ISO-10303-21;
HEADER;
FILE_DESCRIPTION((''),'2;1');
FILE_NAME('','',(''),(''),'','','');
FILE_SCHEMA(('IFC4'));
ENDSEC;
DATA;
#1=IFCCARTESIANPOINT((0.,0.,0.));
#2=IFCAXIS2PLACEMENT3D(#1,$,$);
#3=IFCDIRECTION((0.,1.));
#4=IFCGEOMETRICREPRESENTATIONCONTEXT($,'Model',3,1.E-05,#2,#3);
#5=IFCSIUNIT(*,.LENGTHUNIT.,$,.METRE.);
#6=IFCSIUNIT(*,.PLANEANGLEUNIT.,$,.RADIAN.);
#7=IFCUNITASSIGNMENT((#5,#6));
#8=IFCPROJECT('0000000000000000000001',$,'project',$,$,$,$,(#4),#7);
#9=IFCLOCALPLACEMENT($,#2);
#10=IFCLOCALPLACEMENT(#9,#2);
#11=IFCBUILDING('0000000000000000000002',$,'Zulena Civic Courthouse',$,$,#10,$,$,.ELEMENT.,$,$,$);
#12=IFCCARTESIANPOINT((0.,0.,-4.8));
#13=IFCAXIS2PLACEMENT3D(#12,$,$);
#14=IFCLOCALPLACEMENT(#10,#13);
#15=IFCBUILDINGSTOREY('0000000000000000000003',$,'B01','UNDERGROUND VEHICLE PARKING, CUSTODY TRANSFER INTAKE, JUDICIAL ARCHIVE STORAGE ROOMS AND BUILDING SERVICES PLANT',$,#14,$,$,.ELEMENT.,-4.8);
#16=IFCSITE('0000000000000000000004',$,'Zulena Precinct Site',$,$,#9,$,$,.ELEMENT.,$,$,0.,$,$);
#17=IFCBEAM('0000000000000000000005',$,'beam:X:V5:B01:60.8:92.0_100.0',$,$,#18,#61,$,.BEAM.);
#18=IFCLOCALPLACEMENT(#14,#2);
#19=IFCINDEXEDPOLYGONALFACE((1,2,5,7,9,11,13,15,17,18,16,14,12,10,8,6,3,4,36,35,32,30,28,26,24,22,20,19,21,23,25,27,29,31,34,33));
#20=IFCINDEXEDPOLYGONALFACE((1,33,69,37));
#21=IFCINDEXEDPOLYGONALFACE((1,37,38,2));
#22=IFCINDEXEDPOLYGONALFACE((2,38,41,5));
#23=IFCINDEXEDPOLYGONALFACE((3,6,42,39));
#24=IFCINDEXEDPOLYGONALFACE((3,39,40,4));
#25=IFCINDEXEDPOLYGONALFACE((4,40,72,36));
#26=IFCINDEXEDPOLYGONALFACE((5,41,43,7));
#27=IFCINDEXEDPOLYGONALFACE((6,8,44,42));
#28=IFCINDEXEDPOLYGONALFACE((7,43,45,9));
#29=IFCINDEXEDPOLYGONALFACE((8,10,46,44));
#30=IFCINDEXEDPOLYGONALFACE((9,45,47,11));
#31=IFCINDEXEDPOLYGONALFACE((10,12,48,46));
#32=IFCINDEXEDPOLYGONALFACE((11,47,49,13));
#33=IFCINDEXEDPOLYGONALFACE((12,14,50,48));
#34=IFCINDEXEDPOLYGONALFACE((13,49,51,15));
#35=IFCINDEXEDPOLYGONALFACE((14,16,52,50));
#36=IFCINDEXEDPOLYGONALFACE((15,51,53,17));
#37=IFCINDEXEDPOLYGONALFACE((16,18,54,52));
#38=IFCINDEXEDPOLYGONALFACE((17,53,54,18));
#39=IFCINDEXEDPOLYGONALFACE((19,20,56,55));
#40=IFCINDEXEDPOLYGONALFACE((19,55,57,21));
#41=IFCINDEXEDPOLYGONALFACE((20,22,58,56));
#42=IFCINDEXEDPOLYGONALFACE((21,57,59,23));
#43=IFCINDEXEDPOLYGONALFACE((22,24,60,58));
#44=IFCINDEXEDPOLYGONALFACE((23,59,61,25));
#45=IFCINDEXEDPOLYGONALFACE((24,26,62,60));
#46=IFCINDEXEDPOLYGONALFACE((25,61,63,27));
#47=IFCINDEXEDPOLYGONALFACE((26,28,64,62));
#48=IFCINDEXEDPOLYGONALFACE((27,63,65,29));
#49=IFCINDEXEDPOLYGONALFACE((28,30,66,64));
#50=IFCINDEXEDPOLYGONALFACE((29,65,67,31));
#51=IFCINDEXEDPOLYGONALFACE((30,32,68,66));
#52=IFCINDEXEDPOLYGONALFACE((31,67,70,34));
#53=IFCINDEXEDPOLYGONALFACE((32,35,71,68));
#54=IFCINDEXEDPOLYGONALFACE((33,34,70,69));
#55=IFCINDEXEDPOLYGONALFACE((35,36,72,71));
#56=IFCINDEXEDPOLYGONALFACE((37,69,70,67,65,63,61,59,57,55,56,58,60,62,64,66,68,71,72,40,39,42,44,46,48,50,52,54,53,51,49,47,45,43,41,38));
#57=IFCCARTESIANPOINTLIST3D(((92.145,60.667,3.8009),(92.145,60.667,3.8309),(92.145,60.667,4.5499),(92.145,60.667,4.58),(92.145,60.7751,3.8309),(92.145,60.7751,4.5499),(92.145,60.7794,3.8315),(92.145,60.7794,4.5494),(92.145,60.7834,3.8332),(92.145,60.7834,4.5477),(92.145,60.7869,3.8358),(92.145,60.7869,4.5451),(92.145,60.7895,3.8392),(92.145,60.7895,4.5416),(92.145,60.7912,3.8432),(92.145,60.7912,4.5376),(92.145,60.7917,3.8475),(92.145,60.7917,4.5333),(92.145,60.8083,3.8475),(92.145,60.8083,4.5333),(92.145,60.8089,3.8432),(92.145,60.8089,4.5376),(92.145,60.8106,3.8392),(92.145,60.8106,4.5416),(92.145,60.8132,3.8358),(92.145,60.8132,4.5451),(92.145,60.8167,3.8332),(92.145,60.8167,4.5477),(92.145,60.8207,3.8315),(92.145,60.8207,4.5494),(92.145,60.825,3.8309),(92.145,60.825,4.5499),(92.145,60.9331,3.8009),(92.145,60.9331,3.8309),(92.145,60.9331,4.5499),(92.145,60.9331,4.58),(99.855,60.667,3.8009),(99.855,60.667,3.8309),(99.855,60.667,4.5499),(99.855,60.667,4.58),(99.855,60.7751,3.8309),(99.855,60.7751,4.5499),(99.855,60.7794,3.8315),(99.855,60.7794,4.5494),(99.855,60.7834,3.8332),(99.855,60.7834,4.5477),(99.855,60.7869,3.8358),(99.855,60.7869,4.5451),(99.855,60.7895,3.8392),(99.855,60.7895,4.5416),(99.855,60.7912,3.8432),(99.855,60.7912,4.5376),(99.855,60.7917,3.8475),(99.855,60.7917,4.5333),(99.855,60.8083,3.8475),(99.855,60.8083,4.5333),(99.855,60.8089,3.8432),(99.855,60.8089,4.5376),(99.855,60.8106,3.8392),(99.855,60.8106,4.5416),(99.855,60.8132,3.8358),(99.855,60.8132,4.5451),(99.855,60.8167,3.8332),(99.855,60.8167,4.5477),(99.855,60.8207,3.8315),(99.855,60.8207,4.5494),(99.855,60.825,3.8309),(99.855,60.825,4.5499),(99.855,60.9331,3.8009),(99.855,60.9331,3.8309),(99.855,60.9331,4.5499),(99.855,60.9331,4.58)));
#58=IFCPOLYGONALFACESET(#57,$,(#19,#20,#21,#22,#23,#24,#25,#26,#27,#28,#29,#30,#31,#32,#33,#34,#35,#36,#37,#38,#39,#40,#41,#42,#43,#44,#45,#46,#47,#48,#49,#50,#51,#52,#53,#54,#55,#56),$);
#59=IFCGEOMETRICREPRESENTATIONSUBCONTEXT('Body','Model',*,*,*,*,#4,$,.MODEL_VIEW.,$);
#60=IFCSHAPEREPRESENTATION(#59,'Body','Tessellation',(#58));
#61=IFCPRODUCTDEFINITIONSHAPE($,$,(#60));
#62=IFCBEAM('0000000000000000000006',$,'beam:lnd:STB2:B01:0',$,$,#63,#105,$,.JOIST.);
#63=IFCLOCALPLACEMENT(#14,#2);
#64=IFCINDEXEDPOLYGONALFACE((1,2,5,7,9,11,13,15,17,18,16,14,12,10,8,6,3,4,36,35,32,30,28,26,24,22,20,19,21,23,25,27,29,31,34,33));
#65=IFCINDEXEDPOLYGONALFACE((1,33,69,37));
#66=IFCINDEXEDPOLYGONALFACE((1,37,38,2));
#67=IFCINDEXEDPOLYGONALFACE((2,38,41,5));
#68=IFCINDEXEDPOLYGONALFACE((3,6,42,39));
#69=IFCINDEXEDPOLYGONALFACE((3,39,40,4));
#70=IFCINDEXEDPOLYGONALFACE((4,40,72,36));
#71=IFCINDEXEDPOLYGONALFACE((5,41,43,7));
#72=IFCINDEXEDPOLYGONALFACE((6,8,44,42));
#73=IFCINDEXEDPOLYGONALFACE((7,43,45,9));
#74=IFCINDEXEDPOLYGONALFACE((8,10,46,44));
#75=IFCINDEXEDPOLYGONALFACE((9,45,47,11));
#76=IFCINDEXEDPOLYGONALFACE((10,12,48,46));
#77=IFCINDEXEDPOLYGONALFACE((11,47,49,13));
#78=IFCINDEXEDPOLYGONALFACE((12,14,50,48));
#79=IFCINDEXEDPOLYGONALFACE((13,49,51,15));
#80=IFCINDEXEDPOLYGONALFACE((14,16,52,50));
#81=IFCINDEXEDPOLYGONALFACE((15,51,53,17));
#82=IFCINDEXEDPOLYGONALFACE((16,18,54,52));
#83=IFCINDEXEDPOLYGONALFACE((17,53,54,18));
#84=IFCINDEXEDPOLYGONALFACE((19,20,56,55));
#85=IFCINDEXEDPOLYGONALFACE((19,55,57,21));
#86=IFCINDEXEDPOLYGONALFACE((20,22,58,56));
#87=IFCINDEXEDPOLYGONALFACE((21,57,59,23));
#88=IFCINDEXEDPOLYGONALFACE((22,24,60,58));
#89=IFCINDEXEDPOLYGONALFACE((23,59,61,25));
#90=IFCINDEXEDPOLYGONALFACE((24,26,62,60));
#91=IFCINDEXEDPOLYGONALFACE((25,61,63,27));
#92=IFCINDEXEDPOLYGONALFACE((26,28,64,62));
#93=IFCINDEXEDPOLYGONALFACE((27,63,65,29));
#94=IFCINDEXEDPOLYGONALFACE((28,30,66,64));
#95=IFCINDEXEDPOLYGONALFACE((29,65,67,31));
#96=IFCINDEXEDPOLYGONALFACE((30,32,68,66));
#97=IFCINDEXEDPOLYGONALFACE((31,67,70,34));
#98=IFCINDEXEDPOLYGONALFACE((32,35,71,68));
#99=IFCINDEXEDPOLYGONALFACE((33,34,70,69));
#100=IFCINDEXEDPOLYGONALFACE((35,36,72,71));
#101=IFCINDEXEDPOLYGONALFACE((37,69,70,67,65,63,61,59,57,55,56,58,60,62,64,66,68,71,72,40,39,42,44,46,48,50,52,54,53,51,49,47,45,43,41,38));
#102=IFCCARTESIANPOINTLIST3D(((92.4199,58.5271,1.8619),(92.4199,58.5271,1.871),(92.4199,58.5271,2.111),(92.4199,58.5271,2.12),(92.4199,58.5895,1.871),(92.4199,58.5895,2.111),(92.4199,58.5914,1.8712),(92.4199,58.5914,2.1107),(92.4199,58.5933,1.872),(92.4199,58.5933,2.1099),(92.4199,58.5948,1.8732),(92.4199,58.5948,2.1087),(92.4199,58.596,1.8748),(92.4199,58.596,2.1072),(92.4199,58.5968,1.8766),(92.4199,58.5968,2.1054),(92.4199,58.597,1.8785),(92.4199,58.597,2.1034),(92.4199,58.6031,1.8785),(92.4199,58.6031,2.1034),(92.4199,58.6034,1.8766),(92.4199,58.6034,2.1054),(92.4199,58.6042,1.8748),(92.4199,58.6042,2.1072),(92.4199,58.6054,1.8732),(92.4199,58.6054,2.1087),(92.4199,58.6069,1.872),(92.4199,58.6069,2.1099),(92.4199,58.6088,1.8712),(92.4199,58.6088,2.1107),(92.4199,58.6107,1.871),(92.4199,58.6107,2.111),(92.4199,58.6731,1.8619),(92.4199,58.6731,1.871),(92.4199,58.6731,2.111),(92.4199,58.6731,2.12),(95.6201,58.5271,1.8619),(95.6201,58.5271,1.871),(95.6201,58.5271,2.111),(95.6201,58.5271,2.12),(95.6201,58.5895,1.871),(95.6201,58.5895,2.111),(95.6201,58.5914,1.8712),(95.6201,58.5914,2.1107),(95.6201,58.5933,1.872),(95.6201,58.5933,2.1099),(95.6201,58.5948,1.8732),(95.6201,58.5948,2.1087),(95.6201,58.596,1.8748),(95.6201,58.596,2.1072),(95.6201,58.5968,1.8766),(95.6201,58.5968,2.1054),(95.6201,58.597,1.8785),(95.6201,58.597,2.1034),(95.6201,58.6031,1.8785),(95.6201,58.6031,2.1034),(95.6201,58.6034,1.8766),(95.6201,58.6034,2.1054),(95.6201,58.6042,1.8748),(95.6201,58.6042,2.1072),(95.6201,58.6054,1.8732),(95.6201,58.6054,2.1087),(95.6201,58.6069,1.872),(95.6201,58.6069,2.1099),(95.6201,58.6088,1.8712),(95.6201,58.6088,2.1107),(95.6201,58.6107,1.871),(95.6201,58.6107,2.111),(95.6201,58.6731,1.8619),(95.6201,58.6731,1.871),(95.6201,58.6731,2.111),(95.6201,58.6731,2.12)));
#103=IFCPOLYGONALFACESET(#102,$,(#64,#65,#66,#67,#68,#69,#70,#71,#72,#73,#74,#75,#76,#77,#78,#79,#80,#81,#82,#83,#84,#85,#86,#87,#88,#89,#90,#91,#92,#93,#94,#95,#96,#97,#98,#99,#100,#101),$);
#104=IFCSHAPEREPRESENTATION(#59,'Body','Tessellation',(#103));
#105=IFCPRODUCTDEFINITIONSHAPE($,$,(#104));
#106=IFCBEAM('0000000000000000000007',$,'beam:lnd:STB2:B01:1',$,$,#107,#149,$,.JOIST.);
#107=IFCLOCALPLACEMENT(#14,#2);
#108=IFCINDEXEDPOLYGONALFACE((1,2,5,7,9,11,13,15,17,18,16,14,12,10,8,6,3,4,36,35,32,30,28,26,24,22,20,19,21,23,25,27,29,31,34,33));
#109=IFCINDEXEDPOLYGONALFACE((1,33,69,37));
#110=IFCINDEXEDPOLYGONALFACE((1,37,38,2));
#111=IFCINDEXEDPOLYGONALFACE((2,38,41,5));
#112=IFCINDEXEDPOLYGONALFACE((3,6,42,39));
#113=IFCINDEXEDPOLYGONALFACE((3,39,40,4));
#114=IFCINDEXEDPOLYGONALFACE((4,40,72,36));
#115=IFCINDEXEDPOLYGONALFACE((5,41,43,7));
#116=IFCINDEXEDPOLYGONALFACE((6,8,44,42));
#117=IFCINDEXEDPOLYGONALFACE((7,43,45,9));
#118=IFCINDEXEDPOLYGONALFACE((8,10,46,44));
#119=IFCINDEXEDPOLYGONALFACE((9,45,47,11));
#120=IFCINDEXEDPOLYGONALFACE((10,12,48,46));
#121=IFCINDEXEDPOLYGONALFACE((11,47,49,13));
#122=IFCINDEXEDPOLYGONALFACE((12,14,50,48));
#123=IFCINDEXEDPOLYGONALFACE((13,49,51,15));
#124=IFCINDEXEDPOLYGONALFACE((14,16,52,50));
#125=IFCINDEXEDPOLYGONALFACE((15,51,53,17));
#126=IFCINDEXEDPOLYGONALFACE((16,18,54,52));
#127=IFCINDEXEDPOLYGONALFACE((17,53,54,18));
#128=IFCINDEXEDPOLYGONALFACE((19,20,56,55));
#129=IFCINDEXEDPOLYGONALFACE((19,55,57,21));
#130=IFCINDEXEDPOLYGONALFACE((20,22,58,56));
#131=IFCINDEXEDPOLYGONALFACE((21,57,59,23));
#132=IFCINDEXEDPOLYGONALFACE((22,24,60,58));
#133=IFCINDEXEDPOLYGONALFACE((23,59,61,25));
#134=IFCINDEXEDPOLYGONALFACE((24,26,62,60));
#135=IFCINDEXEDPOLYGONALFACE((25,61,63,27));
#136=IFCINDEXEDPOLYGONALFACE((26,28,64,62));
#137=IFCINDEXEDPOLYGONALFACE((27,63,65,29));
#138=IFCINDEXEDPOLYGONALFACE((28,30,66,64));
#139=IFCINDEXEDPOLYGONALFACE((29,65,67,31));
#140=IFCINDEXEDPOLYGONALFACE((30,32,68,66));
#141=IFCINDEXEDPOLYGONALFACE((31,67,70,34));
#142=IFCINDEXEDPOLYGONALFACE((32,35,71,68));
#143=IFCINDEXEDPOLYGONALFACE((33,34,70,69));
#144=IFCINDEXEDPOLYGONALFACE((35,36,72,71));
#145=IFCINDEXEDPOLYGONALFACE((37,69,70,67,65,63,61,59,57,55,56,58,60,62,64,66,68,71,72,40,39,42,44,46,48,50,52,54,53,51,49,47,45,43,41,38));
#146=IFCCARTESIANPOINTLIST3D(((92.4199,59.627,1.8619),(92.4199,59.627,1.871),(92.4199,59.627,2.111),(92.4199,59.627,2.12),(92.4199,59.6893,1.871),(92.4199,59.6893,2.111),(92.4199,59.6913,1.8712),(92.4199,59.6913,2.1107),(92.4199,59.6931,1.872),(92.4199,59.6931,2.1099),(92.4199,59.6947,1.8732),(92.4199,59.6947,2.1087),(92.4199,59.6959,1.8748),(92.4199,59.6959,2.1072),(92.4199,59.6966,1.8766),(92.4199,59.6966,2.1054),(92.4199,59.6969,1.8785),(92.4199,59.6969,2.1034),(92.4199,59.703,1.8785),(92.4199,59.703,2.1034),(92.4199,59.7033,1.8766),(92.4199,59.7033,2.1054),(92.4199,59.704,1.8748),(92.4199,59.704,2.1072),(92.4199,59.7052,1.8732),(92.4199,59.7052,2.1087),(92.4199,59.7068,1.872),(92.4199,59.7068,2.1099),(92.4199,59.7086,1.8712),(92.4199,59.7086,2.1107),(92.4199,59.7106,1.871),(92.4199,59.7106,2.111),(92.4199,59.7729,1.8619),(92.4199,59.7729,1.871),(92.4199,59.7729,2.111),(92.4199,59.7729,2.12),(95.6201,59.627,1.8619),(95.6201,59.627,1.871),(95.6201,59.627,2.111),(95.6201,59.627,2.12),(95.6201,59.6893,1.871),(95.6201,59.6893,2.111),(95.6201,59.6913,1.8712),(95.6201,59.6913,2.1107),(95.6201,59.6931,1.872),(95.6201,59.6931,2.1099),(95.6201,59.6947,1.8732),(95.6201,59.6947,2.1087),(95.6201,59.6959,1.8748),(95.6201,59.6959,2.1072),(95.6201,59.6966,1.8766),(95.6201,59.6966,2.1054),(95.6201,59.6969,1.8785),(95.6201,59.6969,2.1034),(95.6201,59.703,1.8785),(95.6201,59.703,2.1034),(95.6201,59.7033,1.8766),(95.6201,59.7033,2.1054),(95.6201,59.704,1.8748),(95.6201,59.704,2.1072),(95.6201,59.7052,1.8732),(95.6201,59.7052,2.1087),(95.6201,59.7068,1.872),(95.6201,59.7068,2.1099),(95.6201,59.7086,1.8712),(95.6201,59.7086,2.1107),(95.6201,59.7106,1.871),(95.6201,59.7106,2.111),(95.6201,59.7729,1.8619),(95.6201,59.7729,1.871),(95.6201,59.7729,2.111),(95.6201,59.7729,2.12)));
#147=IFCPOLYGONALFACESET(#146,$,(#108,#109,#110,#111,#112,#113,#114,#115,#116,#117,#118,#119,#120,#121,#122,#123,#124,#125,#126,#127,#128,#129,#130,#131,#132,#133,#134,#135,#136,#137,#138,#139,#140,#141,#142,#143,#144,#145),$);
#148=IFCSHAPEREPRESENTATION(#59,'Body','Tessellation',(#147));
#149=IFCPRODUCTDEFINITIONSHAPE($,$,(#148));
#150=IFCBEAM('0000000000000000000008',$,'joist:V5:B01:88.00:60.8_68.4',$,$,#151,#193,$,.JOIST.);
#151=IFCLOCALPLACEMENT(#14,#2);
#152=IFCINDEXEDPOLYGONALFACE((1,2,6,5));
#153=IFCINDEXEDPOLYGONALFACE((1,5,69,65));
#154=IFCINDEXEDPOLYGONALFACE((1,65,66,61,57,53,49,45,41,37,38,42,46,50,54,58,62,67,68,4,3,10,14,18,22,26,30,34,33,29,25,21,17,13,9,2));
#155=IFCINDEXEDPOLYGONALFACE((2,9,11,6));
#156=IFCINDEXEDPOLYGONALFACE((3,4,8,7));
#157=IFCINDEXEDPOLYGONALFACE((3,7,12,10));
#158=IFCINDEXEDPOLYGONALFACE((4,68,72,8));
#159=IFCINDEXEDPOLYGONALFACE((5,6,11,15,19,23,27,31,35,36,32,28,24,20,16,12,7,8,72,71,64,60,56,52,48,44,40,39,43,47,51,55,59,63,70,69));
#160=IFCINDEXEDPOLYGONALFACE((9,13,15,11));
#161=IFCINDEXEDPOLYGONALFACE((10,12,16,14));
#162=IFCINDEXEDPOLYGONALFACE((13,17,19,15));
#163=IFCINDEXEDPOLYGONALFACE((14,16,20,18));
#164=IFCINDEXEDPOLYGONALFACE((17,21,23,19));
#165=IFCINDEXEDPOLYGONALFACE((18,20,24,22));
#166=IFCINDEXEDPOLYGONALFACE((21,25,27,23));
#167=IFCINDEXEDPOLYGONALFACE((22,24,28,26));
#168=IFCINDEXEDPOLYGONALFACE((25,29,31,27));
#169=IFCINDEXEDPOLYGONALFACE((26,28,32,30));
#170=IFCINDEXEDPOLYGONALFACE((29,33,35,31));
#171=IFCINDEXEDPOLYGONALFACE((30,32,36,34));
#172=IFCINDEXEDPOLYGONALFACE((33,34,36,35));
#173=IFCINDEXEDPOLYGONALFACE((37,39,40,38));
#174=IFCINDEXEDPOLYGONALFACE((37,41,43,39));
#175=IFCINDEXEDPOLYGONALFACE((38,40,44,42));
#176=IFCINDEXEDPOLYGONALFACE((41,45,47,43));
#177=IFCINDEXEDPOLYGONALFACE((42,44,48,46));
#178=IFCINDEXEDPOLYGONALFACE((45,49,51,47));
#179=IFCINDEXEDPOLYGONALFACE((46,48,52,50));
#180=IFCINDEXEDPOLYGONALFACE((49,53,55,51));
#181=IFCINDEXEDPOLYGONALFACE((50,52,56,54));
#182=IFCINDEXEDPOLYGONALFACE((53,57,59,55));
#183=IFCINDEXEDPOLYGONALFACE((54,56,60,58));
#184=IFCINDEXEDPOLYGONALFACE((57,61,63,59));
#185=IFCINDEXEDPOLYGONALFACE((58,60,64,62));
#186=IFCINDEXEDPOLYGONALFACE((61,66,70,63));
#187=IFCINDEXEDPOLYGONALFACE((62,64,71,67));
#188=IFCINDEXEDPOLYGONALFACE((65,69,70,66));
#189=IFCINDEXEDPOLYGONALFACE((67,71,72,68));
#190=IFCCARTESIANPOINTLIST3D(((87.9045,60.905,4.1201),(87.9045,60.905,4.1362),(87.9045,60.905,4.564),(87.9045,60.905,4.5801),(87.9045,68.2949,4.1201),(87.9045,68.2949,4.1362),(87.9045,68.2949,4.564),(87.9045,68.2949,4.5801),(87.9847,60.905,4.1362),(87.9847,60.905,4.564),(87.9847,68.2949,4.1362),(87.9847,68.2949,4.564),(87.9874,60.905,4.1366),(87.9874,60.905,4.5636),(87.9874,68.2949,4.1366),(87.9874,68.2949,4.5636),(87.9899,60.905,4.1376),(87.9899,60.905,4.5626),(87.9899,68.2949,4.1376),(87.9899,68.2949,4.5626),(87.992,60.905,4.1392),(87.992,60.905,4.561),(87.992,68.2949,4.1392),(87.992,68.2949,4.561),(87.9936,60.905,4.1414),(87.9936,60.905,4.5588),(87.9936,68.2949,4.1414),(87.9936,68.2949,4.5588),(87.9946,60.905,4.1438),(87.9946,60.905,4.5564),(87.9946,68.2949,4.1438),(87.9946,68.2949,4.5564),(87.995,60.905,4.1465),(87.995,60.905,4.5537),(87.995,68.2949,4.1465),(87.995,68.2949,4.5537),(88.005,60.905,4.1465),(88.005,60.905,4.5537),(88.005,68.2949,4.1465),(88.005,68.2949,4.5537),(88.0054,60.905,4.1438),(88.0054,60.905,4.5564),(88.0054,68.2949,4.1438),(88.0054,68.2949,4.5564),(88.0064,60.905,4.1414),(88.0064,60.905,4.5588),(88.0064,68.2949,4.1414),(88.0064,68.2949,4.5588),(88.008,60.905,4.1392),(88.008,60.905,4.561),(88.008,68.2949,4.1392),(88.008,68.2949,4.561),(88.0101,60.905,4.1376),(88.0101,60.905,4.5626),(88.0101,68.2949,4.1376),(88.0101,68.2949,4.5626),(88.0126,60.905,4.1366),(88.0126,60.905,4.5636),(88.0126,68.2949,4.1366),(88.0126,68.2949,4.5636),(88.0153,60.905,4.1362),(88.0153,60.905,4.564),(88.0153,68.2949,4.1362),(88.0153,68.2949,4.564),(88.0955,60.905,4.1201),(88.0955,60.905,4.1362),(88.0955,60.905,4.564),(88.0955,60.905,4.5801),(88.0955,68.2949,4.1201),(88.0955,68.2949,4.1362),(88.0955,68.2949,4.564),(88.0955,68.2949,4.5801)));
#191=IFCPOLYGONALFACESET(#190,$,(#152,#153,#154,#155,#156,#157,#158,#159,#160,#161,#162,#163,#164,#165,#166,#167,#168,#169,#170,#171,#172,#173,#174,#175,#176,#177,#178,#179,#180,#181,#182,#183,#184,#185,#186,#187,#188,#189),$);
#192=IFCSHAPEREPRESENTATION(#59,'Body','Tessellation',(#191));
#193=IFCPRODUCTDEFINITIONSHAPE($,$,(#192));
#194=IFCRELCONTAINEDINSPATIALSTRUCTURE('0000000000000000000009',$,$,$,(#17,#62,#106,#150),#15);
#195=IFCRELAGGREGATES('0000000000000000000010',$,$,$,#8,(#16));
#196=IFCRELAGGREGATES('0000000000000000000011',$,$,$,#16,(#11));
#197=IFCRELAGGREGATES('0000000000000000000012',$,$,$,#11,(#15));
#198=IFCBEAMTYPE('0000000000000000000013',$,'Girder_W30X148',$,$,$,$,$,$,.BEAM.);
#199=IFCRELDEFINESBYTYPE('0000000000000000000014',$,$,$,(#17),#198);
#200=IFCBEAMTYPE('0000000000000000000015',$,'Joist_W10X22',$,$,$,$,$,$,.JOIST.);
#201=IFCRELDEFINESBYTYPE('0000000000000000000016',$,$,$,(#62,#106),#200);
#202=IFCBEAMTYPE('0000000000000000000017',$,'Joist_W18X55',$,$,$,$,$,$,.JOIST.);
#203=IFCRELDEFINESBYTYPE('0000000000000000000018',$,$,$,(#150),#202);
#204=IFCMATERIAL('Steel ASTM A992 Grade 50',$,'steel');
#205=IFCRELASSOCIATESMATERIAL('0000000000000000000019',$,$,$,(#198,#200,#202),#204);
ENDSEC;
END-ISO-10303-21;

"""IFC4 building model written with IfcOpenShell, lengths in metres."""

from ifc_helpers import new_model, si_unit, direction, frame, origin, origin_2d, place, context, subcontext, project, spatial, i_section, extrude, material, material_profile, profile_set, type_object, element, save


model = new_model("IFC4")

# Units and contexts
model_context = context("Model", 3, precision=1e-05, world=origin(), true_north=direction((0.0, 1.0)))
body_context = subcontext(model_context, "Body", "Model", "MODEL_VIEW")
ifc_project = project(units=[si_unit("LENGTHUNIT", "METRE"), si_unit("PLANEANGLEUNIT", "RADIAN")], contexts=[model_context])

# Site, building, storey
site_placement = place(None, origin())
site = spatial("IfcSite", under=ifc_project, at=site_placement, Name="Zulena Precinct Site", CompositionType="ELEMENT", RefElevation=0.0)
building_placement = place(site_placement, origin())
building = spatial("IfcBuilding", under=site, at=building_placement, Name="Zulena Civic Courthouse", CompositionType="ELEMENT")
storey_placement = place(building_placement, frame((0.0, 0.0, -4.8)))
storey = spatial("IfcBuildingStorey", under=building, at=storey_placement, Name="B01", Description="UNDERGROUND VEHICLE PARKING, CUSTODY TRANSFER INTAKE, JUDICIAL ARCHIVE STORAGE ROOMS AND BUILDING SERVICES PLANT", CompositionType="ELEMENT", Elevation=-4.8)

# Shared definitions
ifc_material_1 = material(Name="Steel ASTM A992 Grade 50", Category="steel")

# Beams
ifc_material_profile_1 = material_profile(ifc_material_1, i_section(OverallWidth=0.2661, OverallDepth=0.7791, WebThickness=0.0166, FlangeThickness=0.03, FilletRadius=0.0166, at=origin_2d()), Name="W30X148")
ifc_profile_set_1 = profile_set([ifc_material_profile_1], Name="Steel ASTM A992 Grade 50")
beam_type_1 = type_object("IfcBeamType", Name="Girder_W30X148", PredefinedType="BEAM", material=ifc_profile_set_1)
for number, where, z_axis, x_axis, name in (
    (1, (92.145, 60.8, 4.1904), (1.0, 0.0, 0.0), (0.0, 1.0, 0.0), "beam:X:V5:B01:60.8:92.0_100.0"),
):
    element("IfcBeam", number, at=place(storey_placement, frame(where, z_axis=z_axis, x_axis=x_axis)), inside=storey, type_object=beam_type_1, Name=name, PredefinedType="BEAM", context=body_context, shape_type="SweptSolid", body=[
        extrude(i_section(OverallWidth=0.2661, OverallDepth=0.7791, WebThickness=0.0166, FlangeThickness=0.03, FilletRadius=0.0166, at=origin_2d()), origin(), (0.0, 0.0, 1.0), 7.71),
    ])
ifc_material_profile_2 = material_profile(ifc_material_1, i_section(OverallWidth=0.146, OverallDepth=0.2581, WebThickness=0.0061, FlangeThickness=0.009, FilletRadius=0.0076, at=origin_2d()), Name="W10X22")
ifc_profile_set_2 = profile_set([ifc_material_profile_2], Name="Steel ASTM A992 Grade 50")
beam_type_2 = type_object("IfcBeamType", Name="Joist_W10X22", PredefinedType="JOIST", material=ifc_profile_set_2)
for number, where, z_axis, x_axis, name in (
    (2, (92.4199, 58.6001, 1.991), (1.0, 0.0, 0.0), (0.0, 1.0, 0.0), "beam:lnd:STB2:B01:0"),
    (3, (92.4199, 59.7, 1.991), (1.0, 0.0, 0.0), (0.0, 1.0, 0.0), "beam:lnd:STB2:B01:1"),
):
    element("IfcBeam", number, at=place(storey_placement, frame(where, z_axis=z_axis, x_axis=x_axis)), inside=storey, type_object=beam_type_2, Name=name, PredefinedType="JOIST", context=body_context, shape_type="SweptSolid", body=[
        extrude(i_section(OverallWidth=0.146, OverallDepth=0.2581, WebThickness=0.0061, FlangeThickness=0.009, FilletRadius=0.0076, at=origin_2d()), origin(), (0.0, 0.0, 1.0), 3.2002),
    ])
ifc_material_profile_3 = material_profile(ifc_material_1, i_section(OverallWidth=0.1909, OverallDepth=0.46, WebThickness=0.01, FlangeThickness=0.0161, FilletRadius=0.0103, at=origin_2d()), Name="W18X55")
ifc_profile_set_3 = profile_set([ifc_material_profile_3], Name="Steel ASTM A992 Grade 50")
beam_type_3 = type_object("IfcBeamType", Name="Joist_W18X55", PredefinedType="JOIST", material=ifc_profile_set_3)
beam_placement = place(storey_placement, frame((88.0, 60.905, 4.3501), z_axis=(0.0, 1.0, 0.0), x_axis=(-1.0, 0.0, 0.0)))
element("IfcBeam", 4, at=beam_placement, inside=storey, type_object=beam_type_3, Name="joist:V5:B01:88.00:60.8_68.4", PredefinedType="JOIST", context=body_context, shape_type="SweptSolid", body=[
    extrude(i_section(OverallWidth=0.1909, OverallDepth=0.46, WebThickness=0.01, FlangeThickness=0.0161, FilletRadius=0.0103, at=origin_2d()), origin(), (0.0, 0.0, 1.0), 7.3899),
])

save(model, "model.ifc")
